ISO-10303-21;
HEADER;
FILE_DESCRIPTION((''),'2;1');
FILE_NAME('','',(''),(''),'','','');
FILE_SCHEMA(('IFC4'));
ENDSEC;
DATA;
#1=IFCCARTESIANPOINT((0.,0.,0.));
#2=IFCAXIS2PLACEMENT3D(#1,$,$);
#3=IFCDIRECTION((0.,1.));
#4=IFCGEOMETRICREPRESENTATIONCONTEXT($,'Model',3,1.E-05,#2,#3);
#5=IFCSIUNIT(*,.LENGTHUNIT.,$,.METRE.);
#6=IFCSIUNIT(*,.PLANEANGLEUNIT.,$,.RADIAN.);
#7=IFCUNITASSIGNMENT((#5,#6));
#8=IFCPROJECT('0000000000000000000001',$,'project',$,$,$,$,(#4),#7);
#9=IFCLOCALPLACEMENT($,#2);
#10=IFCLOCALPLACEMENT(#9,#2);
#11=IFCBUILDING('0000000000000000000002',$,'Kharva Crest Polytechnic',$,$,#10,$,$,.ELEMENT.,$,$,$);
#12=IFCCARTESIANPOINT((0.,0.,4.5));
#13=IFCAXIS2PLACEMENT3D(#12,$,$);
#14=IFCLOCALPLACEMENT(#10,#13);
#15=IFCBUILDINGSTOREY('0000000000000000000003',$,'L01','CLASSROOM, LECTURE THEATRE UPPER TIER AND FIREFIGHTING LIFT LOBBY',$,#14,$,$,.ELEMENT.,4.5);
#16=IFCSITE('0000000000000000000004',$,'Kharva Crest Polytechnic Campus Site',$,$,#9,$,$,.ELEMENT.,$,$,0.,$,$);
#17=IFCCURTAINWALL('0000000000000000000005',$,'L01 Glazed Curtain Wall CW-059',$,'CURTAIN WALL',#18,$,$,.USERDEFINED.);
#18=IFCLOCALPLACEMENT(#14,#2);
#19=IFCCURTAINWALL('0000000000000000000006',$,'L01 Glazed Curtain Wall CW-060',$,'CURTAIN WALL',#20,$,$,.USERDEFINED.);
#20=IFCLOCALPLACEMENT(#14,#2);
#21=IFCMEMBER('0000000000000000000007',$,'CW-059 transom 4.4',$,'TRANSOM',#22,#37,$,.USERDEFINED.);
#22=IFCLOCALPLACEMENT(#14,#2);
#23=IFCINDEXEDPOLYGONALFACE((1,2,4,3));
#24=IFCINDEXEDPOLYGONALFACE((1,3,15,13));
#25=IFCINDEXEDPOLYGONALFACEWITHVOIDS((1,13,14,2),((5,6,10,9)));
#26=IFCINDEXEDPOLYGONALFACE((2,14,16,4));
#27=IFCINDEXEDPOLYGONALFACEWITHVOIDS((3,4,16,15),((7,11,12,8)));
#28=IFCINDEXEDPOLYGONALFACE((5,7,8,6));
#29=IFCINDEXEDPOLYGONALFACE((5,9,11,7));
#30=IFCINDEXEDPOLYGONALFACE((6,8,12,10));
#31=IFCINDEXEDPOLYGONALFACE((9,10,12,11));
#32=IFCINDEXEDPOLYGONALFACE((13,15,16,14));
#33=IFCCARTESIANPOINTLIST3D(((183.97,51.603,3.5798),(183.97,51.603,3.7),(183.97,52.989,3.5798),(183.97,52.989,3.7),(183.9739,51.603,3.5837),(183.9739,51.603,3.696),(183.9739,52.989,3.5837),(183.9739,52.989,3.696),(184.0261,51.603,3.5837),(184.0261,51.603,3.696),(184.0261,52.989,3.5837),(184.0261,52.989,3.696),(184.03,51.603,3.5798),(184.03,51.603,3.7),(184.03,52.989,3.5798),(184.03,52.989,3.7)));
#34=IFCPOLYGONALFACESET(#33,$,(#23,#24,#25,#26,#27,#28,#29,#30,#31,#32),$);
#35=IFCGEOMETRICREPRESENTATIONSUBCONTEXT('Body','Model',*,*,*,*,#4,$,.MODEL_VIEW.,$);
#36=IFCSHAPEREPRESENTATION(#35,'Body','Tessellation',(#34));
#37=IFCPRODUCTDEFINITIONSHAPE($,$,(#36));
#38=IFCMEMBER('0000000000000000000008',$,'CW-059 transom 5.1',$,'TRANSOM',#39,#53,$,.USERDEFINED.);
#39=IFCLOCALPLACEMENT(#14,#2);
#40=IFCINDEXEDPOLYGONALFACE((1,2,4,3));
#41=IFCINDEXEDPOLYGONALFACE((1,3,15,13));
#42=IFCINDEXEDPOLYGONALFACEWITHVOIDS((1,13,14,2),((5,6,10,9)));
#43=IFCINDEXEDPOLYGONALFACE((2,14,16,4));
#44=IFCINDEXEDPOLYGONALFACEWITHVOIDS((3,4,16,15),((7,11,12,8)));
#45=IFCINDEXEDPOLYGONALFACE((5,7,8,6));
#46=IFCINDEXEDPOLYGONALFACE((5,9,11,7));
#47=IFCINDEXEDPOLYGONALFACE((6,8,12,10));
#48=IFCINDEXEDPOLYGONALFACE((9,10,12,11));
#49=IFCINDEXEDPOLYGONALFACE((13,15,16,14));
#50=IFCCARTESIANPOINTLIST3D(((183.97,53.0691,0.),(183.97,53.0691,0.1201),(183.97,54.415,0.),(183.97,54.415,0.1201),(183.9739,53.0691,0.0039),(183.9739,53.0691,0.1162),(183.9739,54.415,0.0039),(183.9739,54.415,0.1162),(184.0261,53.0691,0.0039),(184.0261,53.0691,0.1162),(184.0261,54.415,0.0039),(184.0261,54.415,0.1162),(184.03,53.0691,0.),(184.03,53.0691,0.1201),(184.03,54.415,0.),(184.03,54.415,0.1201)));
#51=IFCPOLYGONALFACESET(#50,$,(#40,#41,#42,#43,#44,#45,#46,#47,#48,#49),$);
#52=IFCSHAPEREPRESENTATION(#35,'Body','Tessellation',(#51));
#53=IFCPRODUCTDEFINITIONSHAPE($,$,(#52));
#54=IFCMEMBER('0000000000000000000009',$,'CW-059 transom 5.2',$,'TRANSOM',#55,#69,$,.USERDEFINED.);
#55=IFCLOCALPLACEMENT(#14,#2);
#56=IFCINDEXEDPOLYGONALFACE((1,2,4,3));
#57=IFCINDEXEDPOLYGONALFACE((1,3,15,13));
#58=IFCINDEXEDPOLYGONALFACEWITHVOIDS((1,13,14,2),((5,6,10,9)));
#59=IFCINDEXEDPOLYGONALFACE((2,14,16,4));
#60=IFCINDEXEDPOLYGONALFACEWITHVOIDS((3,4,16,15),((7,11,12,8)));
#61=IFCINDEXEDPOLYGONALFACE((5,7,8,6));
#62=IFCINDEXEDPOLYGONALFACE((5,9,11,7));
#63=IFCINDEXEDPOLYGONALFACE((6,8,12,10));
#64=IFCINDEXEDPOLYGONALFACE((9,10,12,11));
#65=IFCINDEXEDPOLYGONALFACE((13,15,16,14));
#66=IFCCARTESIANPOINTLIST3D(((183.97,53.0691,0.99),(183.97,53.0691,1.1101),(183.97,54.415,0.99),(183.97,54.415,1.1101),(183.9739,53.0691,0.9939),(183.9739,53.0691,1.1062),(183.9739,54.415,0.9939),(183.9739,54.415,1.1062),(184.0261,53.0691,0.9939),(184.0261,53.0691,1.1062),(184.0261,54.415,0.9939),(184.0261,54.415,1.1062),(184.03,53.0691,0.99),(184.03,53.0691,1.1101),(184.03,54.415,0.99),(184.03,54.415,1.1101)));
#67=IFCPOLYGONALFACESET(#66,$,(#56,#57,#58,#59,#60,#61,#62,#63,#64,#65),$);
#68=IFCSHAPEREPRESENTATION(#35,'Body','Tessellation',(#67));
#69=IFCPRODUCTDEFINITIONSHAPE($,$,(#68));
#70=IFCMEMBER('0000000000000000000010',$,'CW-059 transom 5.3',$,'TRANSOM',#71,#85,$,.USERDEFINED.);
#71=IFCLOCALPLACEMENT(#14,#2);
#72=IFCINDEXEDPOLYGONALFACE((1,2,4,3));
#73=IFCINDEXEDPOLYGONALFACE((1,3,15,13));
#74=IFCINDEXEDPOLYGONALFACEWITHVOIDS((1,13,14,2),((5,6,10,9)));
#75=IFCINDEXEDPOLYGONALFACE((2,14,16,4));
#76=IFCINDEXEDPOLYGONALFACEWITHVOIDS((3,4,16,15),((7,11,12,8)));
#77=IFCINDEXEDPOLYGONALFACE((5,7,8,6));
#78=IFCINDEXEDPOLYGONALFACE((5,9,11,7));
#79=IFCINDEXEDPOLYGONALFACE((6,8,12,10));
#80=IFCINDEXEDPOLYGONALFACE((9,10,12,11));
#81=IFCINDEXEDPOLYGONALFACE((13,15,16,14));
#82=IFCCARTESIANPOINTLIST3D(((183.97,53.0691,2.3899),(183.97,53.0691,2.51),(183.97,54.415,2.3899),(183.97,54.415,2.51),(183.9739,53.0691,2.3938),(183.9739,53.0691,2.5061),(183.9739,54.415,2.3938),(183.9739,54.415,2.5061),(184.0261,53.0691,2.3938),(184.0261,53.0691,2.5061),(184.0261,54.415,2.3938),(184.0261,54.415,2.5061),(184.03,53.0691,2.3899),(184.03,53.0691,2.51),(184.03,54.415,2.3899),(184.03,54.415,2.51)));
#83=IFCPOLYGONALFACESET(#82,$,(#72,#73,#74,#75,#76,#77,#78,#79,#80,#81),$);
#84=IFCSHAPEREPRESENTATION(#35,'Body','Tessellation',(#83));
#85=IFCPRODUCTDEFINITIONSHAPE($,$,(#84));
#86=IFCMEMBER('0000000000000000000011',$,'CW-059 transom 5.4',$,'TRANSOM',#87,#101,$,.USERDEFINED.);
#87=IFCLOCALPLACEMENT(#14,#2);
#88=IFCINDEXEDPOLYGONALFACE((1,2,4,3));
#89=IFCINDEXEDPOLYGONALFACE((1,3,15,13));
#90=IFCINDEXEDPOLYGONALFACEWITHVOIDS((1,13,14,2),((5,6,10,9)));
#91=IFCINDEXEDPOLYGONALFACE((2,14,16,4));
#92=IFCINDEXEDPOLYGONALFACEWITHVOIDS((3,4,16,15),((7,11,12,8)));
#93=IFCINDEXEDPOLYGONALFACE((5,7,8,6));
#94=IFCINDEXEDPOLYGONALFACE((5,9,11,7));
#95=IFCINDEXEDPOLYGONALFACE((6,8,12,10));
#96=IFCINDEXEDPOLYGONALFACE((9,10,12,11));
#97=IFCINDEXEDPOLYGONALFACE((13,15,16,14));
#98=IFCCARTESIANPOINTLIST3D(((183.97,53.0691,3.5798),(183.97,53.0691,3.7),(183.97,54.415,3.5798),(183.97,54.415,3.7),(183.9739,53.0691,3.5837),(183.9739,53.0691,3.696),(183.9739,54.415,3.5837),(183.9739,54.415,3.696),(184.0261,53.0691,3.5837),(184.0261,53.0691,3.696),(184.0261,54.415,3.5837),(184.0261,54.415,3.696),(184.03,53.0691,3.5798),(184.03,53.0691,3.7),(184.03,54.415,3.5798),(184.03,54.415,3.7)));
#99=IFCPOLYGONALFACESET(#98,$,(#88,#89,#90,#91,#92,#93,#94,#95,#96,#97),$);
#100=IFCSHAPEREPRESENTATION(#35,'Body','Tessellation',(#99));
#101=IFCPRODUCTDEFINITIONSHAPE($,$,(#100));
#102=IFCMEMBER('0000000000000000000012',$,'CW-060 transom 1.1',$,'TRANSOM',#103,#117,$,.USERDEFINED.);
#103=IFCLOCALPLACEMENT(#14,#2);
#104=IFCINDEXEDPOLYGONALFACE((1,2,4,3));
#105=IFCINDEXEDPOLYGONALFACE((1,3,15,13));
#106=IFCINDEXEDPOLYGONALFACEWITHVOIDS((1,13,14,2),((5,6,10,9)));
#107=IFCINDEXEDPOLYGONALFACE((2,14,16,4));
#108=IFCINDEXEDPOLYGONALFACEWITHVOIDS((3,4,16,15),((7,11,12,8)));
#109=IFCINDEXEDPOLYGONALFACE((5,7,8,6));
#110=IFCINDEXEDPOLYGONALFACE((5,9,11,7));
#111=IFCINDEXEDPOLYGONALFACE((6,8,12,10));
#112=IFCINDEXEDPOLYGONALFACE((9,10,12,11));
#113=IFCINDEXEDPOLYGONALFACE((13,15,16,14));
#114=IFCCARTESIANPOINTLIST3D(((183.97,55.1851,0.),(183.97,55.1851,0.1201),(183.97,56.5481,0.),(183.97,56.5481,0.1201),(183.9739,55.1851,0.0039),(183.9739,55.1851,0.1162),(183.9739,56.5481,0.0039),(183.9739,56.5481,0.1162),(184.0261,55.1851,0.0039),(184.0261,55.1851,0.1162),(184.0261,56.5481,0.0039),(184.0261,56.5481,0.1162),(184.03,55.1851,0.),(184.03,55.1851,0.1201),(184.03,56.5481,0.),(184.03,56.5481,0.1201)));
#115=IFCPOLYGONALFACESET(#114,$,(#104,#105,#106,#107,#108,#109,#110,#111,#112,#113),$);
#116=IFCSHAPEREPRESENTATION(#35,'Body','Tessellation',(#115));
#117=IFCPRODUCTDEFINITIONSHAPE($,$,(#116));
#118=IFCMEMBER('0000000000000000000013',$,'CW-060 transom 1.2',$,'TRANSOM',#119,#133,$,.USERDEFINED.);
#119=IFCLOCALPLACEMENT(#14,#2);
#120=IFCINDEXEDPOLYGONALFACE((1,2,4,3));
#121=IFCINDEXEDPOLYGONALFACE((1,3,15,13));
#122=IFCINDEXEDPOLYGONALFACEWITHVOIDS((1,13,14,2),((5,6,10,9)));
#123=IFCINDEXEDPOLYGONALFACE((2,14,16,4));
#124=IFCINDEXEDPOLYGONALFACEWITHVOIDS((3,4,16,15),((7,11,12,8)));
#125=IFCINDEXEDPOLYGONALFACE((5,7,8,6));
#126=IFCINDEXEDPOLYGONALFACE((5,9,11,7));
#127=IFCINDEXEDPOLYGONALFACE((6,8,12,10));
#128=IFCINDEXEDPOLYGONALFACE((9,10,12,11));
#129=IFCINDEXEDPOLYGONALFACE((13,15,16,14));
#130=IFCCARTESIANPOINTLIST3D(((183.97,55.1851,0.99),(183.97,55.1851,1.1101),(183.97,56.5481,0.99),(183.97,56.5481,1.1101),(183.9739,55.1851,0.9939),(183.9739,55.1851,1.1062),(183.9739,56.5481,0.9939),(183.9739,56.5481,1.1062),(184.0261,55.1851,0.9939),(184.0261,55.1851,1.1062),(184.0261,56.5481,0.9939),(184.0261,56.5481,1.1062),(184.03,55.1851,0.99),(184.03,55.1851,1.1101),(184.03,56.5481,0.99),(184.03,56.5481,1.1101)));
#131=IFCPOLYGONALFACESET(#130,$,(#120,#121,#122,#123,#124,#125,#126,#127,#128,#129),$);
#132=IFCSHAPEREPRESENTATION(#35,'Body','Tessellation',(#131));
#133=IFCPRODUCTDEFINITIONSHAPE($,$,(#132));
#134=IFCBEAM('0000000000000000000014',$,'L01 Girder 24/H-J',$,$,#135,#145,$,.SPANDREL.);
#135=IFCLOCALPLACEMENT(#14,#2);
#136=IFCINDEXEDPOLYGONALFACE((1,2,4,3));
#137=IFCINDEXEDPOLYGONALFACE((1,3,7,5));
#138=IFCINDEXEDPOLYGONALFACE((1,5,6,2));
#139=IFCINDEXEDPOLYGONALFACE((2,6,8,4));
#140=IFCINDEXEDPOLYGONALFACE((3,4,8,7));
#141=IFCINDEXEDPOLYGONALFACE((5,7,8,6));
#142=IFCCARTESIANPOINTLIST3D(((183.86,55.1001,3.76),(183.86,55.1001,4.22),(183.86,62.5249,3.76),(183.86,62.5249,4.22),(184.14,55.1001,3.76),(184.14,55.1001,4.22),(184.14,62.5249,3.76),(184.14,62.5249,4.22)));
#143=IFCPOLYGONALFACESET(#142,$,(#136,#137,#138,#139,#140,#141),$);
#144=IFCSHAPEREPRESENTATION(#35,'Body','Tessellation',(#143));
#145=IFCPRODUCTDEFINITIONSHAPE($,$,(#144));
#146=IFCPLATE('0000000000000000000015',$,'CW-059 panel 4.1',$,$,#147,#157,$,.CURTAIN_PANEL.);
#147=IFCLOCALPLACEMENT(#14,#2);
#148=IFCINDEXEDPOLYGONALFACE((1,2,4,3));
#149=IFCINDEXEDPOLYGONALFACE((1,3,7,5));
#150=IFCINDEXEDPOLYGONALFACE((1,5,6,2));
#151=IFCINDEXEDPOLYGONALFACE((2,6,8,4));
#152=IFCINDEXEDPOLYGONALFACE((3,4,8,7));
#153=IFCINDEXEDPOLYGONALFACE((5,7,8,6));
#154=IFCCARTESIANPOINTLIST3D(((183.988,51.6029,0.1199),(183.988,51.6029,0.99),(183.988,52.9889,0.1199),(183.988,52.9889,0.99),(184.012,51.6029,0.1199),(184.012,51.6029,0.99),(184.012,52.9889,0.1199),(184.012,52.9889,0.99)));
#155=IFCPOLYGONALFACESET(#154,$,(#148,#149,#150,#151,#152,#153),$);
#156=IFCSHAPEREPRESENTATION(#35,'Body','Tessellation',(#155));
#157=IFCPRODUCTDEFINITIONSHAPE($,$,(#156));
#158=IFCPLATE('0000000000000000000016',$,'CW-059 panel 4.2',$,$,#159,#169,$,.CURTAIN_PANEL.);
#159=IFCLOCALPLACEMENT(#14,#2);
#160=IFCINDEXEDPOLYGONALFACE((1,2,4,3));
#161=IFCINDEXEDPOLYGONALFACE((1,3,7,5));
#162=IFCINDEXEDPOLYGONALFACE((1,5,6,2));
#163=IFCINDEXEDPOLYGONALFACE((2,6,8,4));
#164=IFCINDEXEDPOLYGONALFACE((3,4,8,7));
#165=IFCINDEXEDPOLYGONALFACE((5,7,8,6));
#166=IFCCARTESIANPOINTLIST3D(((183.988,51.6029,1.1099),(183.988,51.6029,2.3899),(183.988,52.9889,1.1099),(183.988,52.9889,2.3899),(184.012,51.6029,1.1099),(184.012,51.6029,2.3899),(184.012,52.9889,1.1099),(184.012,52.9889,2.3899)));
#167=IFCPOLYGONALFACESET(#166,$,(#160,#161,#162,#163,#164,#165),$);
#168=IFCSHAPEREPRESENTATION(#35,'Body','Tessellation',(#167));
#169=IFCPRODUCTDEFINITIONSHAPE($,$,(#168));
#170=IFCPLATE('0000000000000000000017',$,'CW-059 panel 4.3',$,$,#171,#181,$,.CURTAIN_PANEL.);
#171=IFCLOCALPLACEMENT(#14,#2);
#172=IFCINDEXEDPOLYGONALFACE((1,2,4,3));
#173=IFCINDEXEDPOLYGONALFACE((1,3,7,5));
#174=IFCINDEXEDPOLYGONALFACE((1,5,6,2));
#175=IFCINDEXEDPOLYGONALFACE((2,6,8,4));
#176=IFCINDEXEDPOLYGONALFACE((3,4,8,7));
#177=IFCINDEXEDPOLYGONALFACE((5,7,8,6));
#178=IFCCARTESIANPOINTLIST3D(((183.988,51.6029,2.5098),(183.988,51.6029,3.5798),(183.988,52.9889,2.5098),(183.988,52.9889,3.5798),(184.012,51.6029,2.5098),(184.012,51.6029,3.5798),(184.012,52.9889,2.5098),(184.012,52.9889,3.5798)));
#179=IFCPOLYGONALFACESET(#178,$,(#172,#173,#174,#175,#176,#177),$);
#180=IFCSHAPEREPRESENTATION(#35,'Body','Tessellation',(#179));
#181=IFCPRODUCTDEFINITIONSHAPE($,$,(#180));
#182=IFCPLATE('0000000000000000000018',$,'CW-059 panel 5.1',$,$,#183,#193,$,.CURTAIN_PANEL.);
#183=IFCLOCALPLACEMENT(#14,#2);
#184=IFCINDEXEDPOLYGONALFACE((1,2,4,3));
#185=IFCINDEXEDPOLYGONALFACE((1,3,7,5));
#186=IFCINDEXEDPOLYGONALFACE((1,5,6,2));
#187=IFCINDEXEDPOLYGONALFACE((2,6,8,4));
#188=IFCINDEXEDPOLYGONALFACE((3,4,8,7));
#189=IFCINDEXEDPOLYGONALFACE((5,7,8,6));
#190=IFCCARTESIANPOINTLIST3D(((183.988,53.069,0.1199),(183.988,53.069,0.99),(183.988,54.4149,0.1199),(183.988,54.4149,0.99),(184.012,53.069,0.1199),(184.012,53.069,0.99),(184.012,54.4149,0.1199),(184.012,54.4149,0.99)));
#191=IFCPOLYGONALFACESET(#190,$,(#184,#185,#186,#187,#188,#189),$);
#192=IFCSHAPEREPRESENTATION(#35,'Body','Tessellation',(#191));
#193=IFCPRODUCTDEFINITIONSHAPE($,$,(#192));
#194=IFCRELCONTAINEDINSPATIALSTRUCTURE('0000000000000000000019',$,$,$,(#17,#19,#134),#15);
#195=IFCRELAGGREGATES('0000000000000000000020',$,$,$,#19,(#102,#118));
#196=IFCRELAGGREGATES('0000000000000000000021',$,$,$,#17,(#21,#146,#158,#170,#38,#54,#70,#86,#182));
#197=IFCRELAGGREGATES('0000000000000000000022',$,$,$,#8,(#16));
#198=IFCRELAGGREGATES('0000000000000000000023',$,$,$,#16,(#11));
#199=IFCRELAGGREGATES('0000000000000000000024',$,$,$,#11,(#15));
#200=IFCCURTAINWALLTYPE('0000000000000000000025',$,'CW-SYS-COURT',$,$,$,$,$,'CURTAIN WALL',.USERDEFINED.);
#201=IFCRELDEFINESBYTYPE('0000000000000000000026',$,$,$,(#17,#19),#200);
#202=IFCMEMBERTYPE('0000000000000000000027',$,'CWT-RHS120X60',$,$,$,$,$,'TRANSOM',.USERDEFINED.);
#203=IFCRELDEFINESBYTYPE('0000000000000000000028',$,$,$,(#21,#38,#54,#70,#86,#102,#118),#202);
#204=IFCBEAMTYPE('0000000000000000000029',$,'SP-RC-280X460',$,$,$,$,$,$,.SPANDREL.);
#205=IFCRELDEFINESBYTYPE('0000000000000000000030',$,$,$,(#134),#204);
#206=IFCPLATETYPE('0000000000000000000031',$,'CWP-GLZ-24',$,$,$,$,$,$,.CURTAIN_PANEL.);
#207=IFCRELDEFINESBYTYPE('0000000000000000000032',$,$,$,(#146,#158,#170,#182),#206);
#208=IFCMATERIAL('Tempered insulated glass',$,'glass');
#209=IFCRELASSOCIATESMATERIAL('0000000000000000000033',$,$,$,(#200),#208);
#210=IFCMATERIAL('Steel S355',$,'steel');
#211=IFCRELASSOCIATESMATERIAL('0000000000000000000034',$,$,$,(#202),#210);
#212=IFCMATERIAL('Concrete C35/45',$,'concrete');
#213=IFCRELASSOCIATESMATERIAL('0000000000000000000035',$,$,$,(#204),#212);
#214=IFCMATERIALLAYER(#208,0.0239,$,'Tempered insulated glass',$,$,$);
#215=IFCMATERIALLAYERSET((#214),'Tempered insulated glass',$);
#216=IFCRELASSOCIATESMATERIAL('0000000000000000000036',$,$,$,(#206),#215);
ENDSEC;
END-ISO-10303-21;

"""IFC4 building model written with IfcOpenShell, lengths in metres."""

from ifc_helpers import new_model, si_unit, direction, frame, origin, origin_2d, place, context, subcontext, project, spatial, rectangle, hollow_rectangle, extrude, material, layer, layer_set, material_profile, profile_set, type_object, element, aggregate, save


model = new_model("IFC4")

# Units and contexts
model_context = context("Model", 3, precision=1e-05, world=origin(), true_north=direction((0.0, 1.0)))
body_context = subcontext(model_context, "Body", "Model", "MODEL_VIEW")
ifc_project = project(units=[si_unit("LENGTHUNIT", "METRE"), si_unit("PLANEANGLEUNIT", "RADIAN")], contexts=[model_context])

# Site, building, storey
site_placement = place(None, origin())
site = spatial("IfcSite", under=ifc_project, at=site_placement, Name="Kharva Crest Polytechnic Campus Site", CompositionType="ELEMENT", RefElevation=0.0)
building_placement = place(site_placement, origin())
building = spatial("IfcBuilding", under=site, at=building_placement, Name="Kharva Crest Polytechnic", CompositionType="ELEMENT")
storey_placement = place(building_placement, frame((0.0, 0.0, 4.5)))
storey = spatial("IfcBuildingStorey", under=building, at=storey_placement, Name="L01", Description="CLASSROOM, LECTURE THEATRE UPPER TIER AND FIREFIGHTING LIFT LOBBY", CompositionType="ELEMENT", Elevation=4.5)

# Shared definitions
ifc_material_1 = material(Name="Concrete C35/45", Category="concrete")

# Curtain wall
ifc_material_2 = material(Name="Tempered insulated glass", Category="glass")
curtain_wall_type = type_object("IfcCurtainWallType", Name="CW-SYS-COURT", ElementType="CURTAIN WALL", PredefinedType="USERDEFINED", material=ifc_material_2)
curtain_wall_1_placement = place(storey_placement, origin())
curtain_wall_1 = element("IfcCurtainWall", 1, at=curtain_wall_1_placement, inside=storey, type_object=curtain_wall_type, Name="L01 Glazed Curtain Wall CW-059", ObjectType="CURTAIN WALL", PredefinedType="USERDEFINED")
ifc_material_3 = material(Name="Steel S355", Category="steel")

# Curtain wall
curtain_wall_2_placement = place(storey_placement, origin())
curtain_wall_2 = element("IfcCurtainWall", 2, at=curtain_wall_2_placement, inside=storey, type_object=curtain_wall_type, Name="L01 Glazed Curtain Wall CW-060", ObjectType="CURTAIN WALL", PredefinedType="USERDEFINED")

# Members
ifc_material_profile_1 = material_profile(ifc_material_3, hollow_rectangle(XDim=0.0601, YDim=0.1201, WallThickness=0.0039, at=origin_2d()), Name="RHS 120X60X4.0")
ifc_profile_set_1 = profile_set([ifc_material_profile_1], Name="Steel S355")
member_type_1 = type_object("IfcMemberType", Name="CWT-RHS120X60", ElementType="TRANSOM", PredefinedType="USERDEFINED", material=ifc_profile_set_1)
member_1_placement = place(storey_placement, frame((184.0, 51.603, 3.6399), z_axis=(0.0, 1.0, 0.0), x_axis=(-1.0, 0.0, 0.0)))
member_1 = element("IfcMember", 3, at=member_1_placement, type_object=member_type_1, Name="CW-059 transom 4.4", ObjectType="TRANSOM", PredefinedType="USERDEFINED", context=body_context, shape_type="SweptSolid", body=[
    extrude(hollow_rectangle(XDim=0.0601, YDim=0.1201, WallThickness=0.0039, at=origin_2d()), origin(), (0.0, 0.0, 1.0), 1.386),
])
member_2_placement = place(storey_placement, frame((184.0, 53.0691, 0.0601), z_axis=(0.0, 1.0, 0.0), x_axis=(-1.0, 0.0, 0.0)))
member_2 = element("IfcMember", 4, at=member_2_placement, type_object=member_type_1, Name="CW-059 transom 5.1", ObjectType="TRANSOM", PredefinedType="USERDEFINED", context=body_context, shape_type="SweptSolid", body=[
    extrude(hollow_rectangle(XDim=0.0601, YDim=0.1201, WallThickness=0.0039, at=origin_2d()), origin(), (0.0, 0.0, 1.0), 1.3459),
])
member_3_placement = place(storey_placement, frame((184.0, 53.0691, 1.05), z_axis=(0.0, 1.0, 0.0), x_axis=(-1.0, 0.0, 0.0)))
member_3 = element("IfcMember", 5, at=member_3_placement, type_object=member_type_1, Name="CW-059 transom 5.2", ObjectType="TRANSOM", PredefinedType="USERDEFINED", context=body_context, shape_type="SweptSolid", body=[
    extrude(hollow_rectangle(XDim=0.0601, YDim=0.1201, WallThickness=0.0039, at=origin_2d()), origin(), (0.0, 0.0, 1.0), 1.3459),
])
member_4_placement = place(storey_placement, frame((184.0, 53.0691, 2.45), z_axis=(0.0, 1.0, 0.0), x_axis=(-1.0, 0.0, 0.0)))
member_4 = element("IfcMember", 6, at=member_4_placement, type_object=member_type_1, Name="CW-059 transom 5.3", ObjectType="TRANSOM", PredefinedType="USERDEFINED", context=body_context, shape_type="SweptSolid", body=[
    extrude(hollow_rectangle(XDim=0.0601, YDim=0.1201, WallThickness=0.0039, at=origin_2d()), origin(), (0.0, 0.0, 1.0), 1.3459),
])
member_5_placement = place(storey_placement, frame((184.0, 53.0691, 3.6399), z_axis=(0.0, 1.0, 0.0), x_axis=(-1.0, 0.0, 0.0)))
member_5 = element("IfcMember", 7, at=member_5_placement, type_object=member_type_1, Name="CW-059 transom 5.4", ObjectType="TRANSOM", PredefinedType="USERDEFINED", context=body_context, shape_type="SweptSolid", body=[
    extrude(hollow_rectangle(XDim=0.0601, YDim=0.1201, WallThickness=0.0039, at=origin_2d()), origin(), (0.0, 0.0, 1.0), 1.3459),
])
member_6_placement = place(storey_placement, frame((184.0, 55.1851, 0.0601), z_axis=(0.0, 1.0, 0.0), x_axis=(-1.0, 0.0, 0.0)))
member_6 = element("IfcMember", 8, at=member_6_placement, type_object=member_type_1, Name="CW-060 transom 1.1", ObjectType="TRANSOM", PredefinedType="USERDEFINED", context=body_context, shape_type="SweptSolid", body=[
    extrude(hollow_rectangle(XDim=0.0601, YDim=0.1201, WallThickness=0.0039, at=origin_2d()), origin(), (0.0, 0.0, 1.0), 1.363),
])
member_7_placement = place(storey_placement, frame((184.0, 55.1851, 1.05), z_axis=(0.0, 1.0, 0.0), x_axis=(-1.0, 0.0, 0.0)))
member_7 = element("IfcMember", 9, at=member_7_placement, type_object=member_type_1, Name="CW-060 transom 1.2", ObjectType="TRANSOM", PredefinedType="USERDEFINED", context=body_context, shape_type="SweptSolid", body=[
    extrude(hollow_rectangle(XDim=0.0601, YDim=0.1201, WallThickness=0.0039, at=origin_2d()), origin(), (0.0, 0.0, 1.0), 1.363),
])
aggregate(curtain_wall_2, [member_6, member_7])

# Beam
ifc_material_profile_2 = material_profile(ifc_material_1, rectangle(XDim=0.28, YDim=0.46, at=origin_2d()), Name="RECT 280 X 460")
ifc_profile_set_2 = profile_set([ifc_material_profile_2], Name="Concrete C35/45")
beam_type_1 = type_object("IfcBeamType", Name="SP-RC-280X460", PredefinedType="SPANDREL", material=ifc_profile_set_2)
beam_1_placement = place(storey_placement, frame((184.0, 55.1001, 3.99), z_axis=(0.0, 1.0, 0.0), x_axis=(-1.0, 0.0, 0.0)))
element("IfcBeam", 10, at=beam_1_placement, inside=storey, type_object=beam_type_1, Name="L01 Girder 24/H-J", PredefinedType="SPANDREL", context=body_context, shape_type="SweptSolid", body=[
    extrude(rectangle(XDim=0.28, YDim=0.46, at=origin_2d()), origin(), (0.0, 0.0, 1.0), 7.4248),
])

# Plates
ifc_layer = layer(ifc_material_2, 0.0239, Name="Tempered insulated glass")
ifc_layer_set = layer_set([ifc_layer], Name="Tempered insulated glass")
plate_type = type_object("IfcPlateType", Name="CWP-GLZ-24", PredefinedType="CURTAIN_PANEL", material=ifc_layer_set)
plate_1_placement = place(storey_placement, frame((184.0, 52.2959, 0.1199), z_axis=(0.0, 0.0, 1.0), x_axis=(0.0, 1.0, 0.0)))
plate_1 = element("IfcPlate", 11, at=plate_1_placement, type_object=plate_type, Name="CW-059 panel 4.1", PredefinedType="CURTAIN_PANEL", context=body_context, shape_type="SweptSolid", body=[
    extrude(rectangle(XDim=1.386, YDim=0.0239, at=origin_2d()), origin(), (0.0, 0.0, 1.0), 0.8701),
])
plate_2_placement = place(storey_placement, frame((184.0, 52.2959, 1.1099), z_axis=(0.0, 0.0, 1.0), x_axis=(0.0, 1.0, 0.0)))
plate_2 = element("IfcPlate", 12, at=plate_2_placement, type_object=plate_type, Name="CW-059 panel 4.2", PredefinedType="CURTAIN_PANEL", context=body_context, shape_type="SweptSolid", body=[
    extrude(rectangle(XDim=1.386, YDim=0.0239, at=origin_2d()), origin(), (0.0, 0.0, 1.0), 1.28),
])
plate_3_placement = place(storey_placement, frame((184.0, 52.2959, 2.5098), z_axis=(0.0, 0.0, 1.0), x_axis=(0.0, 1.0, 0.0)))
plate_3 = element("IfcPlate", 13, at=plate_3_placement, type_object=plate_type, Name="CW-059 panel 4.3", PredefinedType="CURTAIN_PANEL", context=body_context, shape_type="SweptSolid", body=[
    extrude(rectangle(XDim=1.386, YDim=0.0239, at=origin_2d()), origin(), (0.0, 0.0, 1.0), 1.0701),
])
plate_4_placement = place(storey_placement, frame((184.0, 53.7419, 0.1199), z_axis=(0.0, 0.0, 1.0), x_axis=(0.0, 1.0, 0.0)))
plate_4 = element("IfcPlate", 14, at=plate_4_placement, type_object=plate_type, Name="CW-059 panel 5.1", PredefinedType="CURTAIN_PANEL", context=body_context, shape_type="SweptSolid", body=[
    extrude(rectangle(XDim=1.3459, YDim=0.0239, at=origin_2d()), origin(), (0.0, 0.0, 1.0), 0.8701),
])
aggregate(curtain_wall_1, [member_1, plate_1, plate_2, plate_3, member_2, member_3, member_4, member_5, plate_4])

save(model, "model.ifc")
